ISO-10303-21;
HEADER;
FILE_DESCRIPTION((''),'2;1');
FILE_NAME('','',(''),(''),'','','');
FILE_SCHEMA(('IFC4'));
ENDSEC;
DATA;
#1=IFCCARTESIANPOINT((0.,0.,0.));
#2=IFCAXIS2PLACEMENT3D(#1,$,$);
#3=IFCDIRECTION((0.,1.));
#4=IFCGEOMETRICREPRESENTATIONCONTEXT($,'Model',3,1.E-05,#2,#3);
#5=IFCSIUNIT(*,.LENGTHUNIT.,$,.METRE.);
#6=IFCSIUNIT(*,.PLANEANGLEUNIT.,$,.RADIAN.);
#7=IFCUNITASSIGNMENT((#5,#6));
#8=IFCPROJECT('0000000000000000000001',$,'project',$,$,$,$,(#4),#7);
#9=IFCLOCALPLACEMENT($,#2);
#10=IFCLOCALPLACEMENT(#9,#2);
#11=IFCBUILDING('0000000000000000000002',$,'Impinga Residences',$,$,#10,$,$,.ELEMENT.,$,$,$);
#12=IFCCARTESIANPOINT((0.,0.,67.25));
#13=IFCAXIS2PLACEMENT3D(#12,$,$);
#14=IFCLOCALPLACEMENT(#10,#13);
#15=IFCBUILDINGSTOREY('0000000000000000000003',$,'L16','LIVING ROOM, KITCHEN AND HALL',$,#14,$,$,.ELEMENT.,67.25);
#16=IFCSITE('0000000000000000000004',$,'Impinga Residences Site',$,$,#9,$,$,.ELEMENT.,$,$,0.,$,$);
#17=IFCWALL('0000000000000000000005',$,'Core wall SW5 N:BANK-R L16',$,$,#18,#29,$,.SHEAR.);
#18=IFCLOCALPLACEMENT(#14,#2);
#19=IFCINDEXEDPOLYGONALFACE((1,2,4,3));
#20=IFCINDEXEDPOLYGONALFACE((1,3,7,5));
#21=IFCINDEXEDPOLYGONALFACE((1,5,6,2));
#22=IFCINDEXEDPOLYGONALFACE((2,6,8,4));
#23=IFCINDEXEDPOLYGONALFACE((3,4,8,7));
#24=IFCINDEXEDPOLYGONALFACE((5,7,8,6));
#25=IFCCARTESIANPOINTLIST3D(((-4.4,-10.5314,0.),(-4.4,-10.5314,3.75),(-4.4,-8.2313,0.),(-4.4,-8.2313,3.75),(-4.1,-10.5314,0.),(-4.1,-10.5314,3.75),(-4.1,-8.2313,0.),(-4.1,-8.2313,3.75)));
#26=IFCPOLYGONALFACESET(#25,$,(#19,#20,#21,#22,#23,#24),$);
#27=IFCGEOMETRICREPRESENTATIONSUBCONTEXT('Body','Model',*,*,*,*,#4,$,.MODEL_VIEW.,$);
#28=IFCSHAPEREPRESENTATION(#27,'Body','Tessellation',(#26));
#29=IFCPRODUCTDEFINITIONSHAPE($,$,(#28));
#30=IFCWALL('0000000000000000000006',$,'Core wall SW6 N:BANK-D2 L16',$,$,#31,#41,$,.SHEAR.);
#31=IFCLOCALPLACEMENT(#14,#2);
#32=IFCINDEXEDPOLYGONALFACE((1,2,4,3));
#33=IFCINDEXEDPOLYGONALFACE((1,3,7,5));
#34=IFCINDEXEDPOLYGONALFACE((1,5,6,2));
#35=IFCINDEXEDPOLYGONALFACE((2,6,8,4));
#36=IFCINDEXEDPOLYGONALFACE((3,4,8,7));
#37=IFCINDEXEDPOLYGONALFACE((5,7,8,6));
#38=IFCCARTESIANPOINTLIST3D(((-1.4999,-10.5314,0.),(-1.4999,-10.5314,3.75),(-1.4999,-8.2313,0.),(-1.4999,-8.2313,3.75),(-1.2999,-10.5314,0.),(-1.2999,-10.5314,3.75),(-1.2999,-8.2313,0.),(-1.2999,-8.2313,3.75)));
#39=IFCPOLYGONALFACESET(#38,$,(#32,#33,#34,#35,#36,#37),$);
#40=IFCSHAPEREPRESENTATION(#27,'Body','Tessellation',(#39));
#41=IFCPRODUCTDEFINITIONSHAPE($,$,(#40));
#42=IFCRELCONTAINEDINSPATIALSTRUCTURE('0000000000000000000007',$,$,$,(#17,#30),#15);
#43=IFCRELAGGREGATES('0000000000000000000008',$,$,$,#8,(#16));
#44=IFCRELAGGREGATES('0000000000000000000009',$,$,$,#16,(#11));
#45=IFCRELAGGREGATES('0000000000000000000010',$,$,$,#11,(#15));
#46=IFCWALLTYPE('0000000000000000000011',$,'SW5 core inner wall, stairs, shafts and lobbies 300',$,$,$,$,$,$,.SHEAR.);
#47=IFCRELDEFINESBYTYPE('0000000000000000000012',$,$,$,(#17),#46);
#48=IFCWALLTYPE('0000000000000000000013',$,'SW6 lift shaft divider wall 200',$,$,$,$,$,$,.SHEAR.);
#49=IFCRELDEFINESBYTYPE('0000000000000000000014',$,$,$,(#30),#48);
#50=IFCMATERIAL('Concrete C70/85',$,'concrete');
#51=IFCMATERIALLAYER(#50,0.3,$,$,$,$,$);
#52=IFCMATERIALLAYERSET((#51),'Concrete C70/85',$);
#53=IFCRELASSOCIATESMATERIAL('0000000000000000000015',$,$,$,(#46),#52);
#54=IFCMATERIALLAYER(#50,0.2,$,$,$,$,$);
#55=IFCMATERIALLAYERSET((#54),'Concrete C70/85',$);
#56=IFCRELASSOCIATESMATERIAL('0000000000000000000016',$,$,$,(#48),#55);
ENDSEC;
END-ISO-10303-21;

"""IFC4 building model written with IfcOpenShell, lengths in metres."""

from ifc_helpers import new_model, si_unit, direction, frame, frame_2d, origin, place, context, subcontext, project, spatial, rectangle, extrude, material, layer, layer_set, type_object, element, save


model = new_model("IFC4")

# Units and contexts
model_context = context("Model", 3, precision=1e-05, world=origin(), true_north=direction((0.0, 1.0)))
body_context = subcontext(model_context, "Body", "Model", "MODEL_VIEW")
ifc_project = project(units=[si_unit("LENGTHUNIT", "METRE"), si_unit("PLANEANGLEUNIT", "RADIAN")], contexts=[model_context])

# Site, building, storey
site_placement = place(None, origin())
site = spatial("IfcSite", under=ifc_project, at=site_placement, Name="Impinga Residences Site", CompositionType="ELEMENT", RefElevation=0.0)
building_placement = place(site_placement, origin())
building = spatial("IfcBuilding", under=site, at=building_placement, Name="Impinga Residences", CompositionType="ELEMENT")
storey_placement = place(building_placement, frame((0.0, 0.0, 67.25)))
storey = spatial("IfcBuildingStorey", under=building, at=storey_placement, Name="L16", Description="LIVING ROOM, KITCHEN AND HALL", CompositionType="ELEMENT", Elevation=67.25)

# Shared definitions
ifc_material_1 = material(Name="Concrete C70/85", Category="concrete")

# Walls
ifc_layer_1 = layer(ifc_material_1, 0.3)
ifc_layer_set_1 = layer_set([ifc_layer_1], Name="Concrete C70/85")
wall_type_1 = type_object("IfcWallType", Name="SW5 core inner wall, stairs, shafts and lobbies 300", PredefinedType="SHEAR", material=ifc_layer_set_1)
wall_1_placement = place(storey_placement, frame((-4.25, -8.2314, 0.0), z_axis=(0.0, 0.0, 1.0), x_axis=(0.0, -1.0, 0.0)))
element("IfcWall", 1, at=wall_1_placement, inside=storey, type_object=wall_type_1, Name="Core wall SW5 N:BANK-R L16", PredefinedType="SHEAR", context=body_context, shape_type="SweptSolid", body=[
    extrude(rectangle(XDim=2.3, YDim=0.3, at=frame_2d((1.1499, 0.0))), origin(), (0.0, 0.0, 1.0), 3.75),
])
ifc_layer_2 = layer(ifc_material_1, 0.2)
ifc_layer_set_2 = layer_set([ifc_layer_2], Name="Concrete C70/85")
wall_type_2 = type_object("IfcWallType", Name="SW6 lift shaft divider wall 200", PredefinedType="SHEAR", material=ifc_layer_set_2)
wall_2_placement = place(storey_placement, frame((-1.3999, -8.2314, 0.0), z_axis=(0.0, 0.0, 1.0), x_axis=(0.0, -1.0, 0.0)))
element("IfcWall", 2, at=wall_2_placement, inside=storey, type_object=wall_type_2, Name="Core wall SW6 N:BANK-D2 L16", PredefinedType="SHEAR", context=body_context, shape_type="SweptSolid", body=[
    extrude(rectangle(XDim=2.3, YDim=0.2, at=frame_2d((1.1499, 0.0))), origin(), (0.0, 0.0, 1.0), 3.75),
])

save(model, "model.ifc")
